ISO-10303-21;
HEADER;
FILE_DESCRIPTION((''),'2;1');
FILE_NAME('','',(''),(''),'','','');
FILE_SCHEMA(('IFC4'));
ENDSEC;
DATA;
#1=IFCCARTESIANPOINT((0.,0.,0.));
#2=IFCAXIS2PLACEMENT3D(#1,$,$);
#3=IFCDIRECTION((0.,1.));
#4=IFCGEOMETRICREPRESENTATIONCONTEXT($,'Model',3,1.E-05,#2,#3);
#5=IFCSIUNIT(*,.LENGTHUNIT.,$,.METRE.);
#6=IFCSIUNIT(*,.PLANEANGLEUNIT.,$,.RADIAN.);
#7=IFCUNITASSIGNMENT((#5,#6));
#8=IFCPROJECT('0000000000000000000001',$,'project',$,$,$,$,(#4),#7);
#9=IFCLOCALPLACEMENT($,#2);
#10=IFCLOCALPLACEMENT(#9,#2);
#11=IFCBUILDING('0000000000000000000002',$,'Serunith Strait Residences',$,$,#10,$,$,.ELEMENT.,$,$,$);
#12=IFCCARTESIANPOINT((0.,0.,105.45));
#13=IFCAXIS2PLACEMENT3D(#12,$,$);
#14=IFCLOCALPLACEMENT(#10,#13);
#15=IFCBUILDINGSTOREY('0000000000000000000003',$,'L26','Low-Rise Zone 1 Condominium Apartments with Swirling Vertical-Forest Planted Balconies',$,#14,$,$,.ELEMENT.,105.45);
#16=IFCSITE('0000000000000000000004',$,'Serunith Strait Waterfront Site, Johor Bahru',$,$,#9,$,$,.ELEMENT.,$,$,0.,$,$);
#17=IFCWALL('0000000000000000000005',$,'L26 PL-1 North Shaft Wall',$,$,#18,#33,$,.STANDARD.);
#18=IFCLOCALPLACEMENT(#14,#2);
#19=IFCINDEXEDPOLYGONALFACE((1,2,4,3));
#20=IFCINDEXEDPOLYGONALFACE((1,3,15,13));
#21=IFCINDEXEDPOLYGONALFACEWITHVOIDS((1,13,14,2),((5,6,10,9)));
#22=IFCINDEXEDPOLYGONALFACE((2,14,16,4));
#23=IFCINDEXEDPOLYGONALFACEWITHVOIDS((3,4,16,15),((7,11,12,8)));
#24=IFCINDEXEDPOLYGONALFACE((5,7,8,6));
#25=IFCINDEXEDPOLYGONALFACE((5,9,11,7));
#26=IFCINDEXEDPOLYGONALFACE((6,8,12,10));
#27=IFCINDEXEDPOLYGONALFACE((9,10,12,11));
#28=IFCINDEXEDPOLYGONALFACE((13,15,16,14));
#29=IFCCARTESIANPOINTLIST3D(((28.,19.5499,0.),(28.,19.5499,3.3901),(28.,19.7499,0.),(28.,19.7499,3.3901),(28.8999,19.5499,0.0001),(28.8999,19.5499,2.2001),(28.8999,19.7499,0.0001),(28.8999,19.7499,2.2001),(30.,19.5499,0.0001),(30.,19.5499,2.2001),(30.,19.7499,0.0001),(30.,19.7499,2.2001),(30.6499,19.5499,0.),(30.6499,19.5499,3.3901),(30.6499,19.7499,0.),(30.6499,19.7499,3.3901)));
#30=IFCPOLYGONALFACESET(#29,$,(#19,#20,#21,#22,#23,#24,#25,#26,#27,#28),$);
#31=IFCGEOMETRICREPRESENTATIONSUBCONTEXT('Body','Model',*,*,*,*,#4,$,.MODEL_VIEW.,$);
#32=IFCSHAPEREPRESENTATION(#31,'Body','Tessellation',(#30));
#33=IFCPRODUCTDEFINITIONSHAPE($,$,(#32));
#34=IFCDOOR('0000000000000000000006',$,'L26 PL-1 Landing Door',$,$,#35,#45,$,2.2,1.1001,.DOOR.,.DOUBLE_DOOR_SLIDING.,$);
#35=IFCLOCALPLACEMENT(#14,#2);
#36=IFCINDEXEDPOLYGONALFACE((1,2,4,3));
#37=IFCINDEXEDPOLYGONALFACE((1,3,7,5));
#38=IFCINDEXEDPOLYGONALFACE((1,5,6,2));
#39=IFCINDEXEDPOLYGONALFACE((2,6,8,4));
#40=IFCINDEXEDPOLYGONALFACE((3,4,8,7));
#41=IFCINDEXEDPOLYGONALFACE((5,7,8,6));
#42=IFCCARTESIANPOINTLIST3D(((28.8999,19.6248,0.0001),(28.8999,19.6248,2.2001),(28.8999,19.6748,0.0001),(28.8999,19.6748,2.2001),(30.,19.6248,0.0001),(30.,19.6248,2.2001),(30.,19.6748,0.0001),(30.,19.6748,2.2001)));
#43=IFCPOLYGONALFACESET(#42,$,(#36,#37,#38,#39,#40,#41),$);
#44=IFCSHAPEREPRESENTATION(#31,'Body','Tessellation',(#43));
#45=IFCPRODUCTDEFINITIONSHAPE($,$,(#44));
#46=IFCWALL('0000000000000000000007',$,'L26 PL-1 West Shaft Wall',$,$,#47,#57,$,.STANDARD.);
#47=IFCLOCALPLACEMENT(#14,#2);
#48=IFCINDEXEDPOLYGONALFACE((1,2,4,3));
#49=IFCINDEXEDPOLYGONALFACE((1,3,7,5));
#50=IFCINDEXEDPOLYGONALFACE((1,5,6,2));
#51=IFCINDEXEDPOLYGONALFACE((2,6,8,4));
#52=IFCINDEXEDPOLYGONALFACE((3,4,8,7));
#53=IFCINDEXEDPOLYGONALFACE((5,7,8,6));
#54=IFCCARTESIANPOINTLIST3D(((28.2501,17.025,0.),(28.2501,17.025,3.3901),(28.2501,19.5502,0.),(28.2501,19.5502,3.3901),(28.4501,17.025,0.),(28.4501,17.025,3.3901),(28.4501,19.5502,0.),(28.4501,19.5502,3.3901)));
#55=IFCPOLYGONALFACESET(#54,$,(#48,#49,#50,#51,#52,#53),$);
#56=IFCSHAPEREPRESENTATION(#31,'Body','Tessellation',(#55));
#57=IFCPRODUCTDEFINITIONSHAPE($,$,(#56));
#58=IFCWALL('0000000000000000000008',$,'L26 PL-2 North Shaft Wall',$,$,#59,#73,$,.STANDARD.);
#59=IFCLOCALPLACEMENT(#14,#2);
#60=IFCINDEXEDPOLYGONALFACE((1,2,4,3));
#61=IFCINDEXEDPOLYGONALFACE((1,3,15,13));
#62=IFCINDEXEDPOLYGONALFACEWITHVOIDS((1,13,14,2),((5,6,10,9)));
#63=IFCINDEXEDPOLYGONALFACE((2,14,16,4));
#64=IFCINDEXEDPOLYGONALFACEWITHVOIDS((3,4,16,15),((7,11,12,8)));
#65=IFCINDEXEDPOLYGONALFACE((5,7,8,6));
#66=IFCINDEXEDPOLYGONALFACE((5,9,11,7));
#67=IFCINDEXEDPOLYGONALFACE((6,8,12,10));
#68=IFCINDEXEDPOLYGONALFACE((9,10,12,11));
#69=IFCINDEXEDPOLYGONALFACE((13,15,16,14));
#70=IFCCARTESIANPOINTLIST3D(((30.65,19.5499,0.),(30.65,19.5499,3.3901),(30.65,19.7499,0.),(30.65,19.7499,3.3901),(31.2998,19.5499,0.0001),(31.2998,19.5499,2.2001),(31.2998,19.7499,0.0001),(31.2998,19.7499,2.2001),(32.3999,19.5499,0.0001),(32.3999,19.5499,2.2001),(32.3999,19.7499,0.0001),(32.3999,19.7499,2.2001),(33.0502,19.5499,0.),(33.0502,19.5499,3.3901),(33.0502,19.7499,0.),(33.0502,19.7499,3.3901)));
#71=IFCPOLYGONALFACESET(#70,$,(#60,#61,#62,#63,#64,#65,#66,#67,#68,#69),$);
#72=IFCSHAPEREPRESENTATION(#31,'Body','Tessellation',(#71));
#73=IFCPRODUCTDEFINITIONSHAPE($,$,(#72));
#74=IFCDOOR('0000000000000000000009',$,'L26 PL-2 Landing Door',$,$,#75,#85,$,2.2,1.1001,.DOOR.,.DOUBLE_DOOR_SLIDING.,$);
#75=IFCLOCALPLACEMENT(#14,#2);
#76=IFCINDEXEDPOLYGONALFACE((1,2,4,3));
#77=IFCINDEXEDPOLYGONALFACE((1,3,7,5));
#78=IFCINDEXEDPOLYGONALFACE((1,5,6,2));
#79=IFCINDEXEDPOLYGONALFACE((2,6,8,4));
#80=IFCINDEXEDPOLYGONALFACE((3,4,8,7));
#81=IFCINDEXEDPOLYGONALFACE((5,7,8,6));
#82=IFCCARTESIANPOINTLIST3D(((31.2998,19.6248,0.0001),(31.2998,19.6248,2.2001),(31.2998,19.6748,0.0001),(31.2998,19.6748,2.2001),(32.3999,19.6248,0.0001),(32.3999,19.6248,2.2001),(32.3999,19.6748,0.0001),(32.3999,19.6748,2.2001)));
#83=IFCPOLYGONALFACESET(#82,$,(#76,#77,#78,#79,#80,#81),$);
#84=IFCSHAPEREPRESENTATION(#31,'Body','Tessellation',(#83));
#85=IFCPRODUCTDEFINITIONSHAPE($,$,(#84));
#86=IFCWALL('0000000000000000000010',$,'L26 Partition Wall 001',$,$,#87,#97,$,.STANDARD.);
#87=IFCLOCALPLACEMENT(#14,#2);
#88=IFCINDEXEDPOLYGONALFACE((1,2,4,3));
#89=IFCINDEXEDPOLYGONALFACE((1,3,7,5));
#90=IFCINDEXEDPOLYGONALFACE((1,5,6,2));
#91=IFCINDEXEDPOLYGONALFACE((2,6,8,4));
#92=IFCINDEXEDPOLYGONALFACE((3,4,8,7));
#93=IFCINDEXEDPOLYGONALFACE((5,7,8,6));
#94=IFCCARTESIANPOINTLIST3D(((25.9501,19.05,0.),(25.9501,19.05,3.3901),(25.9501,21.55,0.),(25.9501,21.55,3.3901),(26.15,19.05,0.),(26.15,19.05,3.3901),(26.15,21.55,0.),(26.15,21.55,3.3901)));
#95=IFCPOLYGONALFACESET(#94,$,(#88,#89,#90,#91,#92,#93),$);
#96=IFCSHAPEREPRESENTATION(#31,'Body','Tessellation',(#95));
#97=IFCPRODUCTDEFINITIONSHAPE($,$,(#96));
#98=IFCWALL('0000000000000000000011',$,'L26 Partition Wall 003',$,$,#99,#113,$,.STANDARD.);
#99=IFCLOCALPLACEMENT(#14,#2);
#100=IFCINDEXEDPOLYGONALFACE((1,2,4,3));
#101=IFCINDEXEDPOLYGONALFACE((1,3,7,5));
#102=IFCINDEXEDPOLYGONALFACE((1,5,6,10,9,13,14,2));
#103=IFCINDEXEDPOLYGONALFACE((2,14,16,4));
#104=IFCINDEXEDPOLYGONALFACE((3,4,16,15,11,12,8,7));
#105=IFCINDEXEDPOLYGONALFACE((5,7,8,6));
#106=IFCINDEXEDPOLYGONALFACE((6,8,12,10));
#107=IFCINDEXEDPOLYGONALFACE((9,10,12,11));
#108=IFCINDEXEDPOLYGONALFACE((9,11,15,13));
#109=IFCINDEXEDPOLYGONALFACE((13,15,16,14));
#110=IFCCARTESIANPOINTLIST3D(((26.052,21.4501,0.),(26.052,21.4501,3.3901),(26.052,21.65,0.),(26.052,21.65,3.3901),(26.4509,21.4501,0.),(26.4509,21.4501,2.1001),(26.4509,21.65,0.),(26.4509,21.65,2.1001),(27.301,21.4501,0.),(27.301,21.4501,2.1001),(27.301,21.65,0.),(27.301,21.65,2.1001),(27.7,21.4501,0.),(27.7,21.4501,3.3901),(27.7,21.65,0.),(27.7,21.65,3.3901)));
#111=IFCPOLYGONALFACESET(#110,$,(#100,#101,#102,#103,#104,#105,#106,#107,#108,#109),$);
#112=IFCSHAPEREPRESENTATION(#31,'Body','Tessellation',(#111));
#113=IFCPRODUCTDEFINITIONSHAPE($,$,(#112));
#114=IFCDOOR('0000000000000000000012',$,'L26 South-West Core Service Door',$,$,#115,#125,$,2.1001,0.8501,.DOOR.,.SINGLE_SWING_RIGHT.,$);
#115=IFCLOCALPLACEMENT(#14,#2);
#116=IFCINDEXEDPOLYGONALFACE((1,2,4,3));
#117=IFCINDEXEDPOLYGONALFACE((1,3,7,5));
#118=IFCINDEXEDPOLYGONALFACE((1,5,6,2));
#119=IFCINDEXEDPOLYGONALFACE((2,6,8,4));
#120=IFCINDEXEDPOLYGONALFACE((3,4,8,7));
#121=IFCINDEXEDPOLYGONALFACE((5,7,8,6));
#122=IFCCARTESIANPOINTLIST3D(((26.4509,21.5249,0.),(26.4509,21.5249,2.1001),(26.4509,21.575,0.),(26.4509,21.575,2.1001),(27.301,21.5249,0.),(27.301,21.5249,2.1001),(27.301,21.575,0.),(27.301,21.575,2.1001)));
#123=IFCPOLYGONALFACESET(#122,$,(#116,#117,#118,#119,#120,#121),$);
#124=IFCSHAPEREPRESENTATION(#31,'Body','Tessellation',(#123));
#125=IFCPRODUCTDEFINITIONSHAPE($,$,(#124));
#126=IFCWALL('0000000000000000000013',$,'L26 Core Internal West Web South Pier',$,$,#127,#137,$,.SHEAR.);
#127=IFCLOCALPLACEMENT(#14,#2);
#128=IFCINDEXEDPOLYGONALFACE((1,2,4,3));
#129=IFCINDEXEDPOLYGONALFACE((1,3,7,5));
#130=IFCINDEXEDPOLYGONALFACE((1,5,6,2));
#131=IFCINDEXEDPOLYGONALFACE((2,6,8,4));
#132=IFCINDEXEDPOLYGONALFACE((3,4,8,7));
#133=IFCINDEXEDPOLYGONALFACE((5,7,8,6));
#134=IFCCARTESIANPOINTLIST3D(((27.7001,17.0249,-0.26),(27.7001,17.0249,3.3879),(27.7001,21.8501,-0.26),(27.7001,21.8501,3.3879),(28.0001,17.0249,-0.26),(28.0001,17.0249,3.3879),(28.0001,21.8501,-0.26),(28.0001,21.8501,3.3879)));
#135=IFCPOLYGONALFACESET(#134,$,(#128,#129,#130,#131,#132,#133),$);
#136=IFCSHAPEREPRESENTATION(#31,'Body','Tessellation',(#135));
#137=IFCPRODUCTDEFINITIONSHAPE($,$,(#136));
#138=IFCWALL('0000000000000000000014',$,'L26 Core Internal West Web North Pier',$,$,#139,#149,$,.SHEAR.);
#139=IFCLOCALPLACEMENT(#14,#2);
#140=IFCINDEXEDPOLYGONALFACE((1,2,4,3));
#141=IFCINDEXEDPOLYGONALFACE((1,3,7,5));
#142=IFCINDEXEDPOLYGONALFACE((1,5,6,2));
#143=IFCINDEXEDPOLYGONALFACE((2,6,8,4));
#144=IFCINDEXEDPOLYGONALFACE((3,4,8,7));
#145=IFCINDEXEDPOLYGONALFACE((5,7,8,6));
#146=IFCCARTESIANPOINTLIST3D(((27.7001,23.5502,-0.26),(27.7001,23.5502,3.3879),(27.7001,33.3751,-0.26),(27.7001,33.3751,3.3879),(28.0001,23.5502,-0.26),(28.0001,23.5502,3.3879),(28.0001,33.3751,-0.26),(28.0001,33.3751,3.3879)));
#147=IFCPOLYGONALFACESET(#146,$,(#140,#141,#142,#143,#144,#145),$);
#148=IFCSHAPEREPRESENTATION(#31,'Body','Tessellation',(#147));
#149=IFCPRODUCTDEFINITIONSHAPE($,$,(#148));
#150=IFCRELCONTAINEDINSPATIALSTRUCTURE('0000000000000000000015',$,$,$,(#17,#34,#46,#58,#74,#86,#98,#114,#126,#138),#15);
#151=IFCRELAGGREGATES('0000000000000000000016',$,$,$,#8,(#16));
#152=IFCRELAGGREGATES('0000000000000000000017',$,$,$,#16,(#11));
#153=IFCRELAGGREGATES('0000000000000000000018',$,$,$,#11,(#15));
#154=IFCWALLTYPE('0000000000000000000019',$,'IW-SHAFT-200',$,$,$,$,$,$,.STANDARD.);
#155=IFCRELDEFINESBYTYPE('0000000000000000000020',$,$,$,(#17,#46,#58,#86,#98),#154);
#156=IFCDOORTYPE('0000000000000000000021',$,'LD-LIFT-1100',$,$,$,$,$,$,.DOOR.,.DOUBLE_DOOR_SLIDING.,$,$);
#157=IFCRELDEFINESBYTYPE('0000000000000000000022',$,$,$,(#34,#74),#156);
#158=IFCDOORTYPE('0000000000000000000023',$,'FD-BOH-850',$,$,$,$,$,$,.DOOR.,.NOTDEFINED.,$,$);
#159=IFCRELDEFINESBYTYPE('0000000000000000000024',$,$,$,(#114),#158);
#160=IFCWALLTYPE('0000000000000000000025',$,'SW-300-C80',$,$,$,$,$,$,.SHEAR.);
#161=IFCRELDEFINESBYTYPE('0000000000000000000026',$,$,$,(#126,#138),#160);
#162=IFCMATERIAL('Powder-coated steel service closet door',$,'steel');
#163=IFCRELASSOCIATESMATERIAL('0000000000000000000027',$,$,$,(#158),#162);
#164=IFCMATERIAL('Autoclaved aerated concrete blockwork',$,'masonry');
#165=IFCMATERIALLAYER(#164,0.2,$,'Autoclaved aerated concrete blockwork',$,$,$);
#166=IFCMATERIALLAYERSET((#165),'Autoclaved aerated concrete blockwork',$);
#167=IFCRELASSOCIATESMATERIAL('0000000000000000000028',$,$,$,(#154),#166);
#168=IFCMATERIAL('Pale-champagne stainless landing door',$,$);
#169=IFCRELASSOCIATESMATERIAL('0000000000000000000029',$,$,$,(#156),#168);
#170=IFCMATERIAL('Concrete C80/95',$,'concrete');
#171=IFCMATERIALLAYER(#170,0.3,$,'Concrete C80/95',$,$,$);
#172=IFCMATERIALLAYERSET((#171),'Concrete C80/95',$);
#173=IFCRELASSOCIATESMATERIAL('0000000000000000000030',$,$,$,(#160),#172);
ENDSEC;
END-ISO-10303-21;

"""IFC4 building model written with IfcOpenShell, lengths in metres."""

from ifc_helpers import new_model, si_unit, direction, frame, frame_2d, origin, place, context, subcontext, project, spatial, rectangle, extrude, source, transform, mapped, material, layer, layer_set, type_object, element, fill, save


model = new_model("IFC4")

# Units and contexts
model_context = context("Model", 3, precision=1e-05, world=origin(), true_north=direction((0.0, 1.0)))
body_context = subcontext(model_context, "Body", "Model", "MODEL_VIEW")
ifc_project = project(units=[si_unit("LENGTHUNIT", "METRE"), si_unit("PLANEANGLEUNIT", "RADIAN")], contexts=[model_context])

# Site, building, storey
site_placement = place(None, origin())
site = spatial("IfcSite", under=ifc_project, at=site_placement, Name="Serunith Strait Waterfront Site, Johor Bahru", CompositionType="ELEMENT", RefElevation=0.0)
building_placement = place(site_placement, origin())
building = spatial("IfcBuilding", under=site, at=building_placement, Name="Serunith Strait Residences", CompositionType="ELEMENT")
storey_placement = place(building_placement, frame((0.0, 0.0, 105.45)))
storey = spatial("IfcBuildingStorey", under=building, at=storey_placement, Name="L26", Description="Low-Rise Zone 1 Condominium Apartments with Swirling Vertical-Forest Planted Balconies", CompositionType="ELEMENT", Elevation=105.45)

# Wall, opening, door
ifc_material_1 = material(Name="Powder-coated steel service closet door", Category="steel")
door_type_1 = type_object("IfcDoorType", Name="FD-BOH-850", OperationType="NOTDEFINED", PredefinedType="DOOR", material=ifc_material_1)
shared_shape_1 = source(origin(), body_context, "Body", "SweptSolid", [
    extrude(rectangle(XDim=0.8501, YDim=2.1001, at=frame_2d((0.425, 1.05))), frame((0.0, 0.0249, 0.0), z_axis=(0.0, -1.0, 0.0), x_axis=(1.0, 0.0, 0.0)), (0.0, 0.0, 1.0), 0.05),
])
ifc_material_2 = material(Name="Autoclaved aerated concrete blockwork", Category="masonry")
ifc_layer_1 = layer(ifc_material_2, 0.2, Name="Autoclaved aerated concrete blockwork")
ifc_layer_set_1 = layer_set([ifc_layer_1], Name="Autoclaved aerated concrete blockwork")
wall_type_1 = type_object("IfcWallType", Name="IW-SHAFT-200", PredefinedType="STANDARD", material=ifc_layer_set_1)
wall_1_placement = place(storey_placement, frame((28.0, 19.6499, 0.0), z_axis=(0.0, 0.0, 1.0), x_axis=(1.0, 0.0, 0.0)))
wall_1 = element("IfcWall", 1, at=wall_1_placement, inside=storey, type_object=wall_type_1, Name="L26 PL-1 North Shaft Wall", PredefinedType="STANDARD", context=body_context, shape_type="SweptSolid", body=[
    extrude(rectangle(XDim=2.6499, YDim=0.2, at=frame_2d((1.325, 0.0))), origin(), (0.0, 0.0, 1.0), 3.3901),
])
opening_1_placement = place(wall_1_placement, frame((0.8999, 0.0, 0.0)))
opening_1 = element("IfcOpeningElement", 2, at=opening_1_placement, cuts=wall_1, PredefinedType="OPENING", context=body_context, shape_type="SweptSolid", body=[
    extrude(rectangle(XDim=1.1001, YDim=2.2, at=frame_2d((0.55, 1.1001))), frame((0.0, 0.1099, 0.0), z_axis=(0.0, -1.0, 0.0), x_axis=(1.0, 0.0, 0.0)), (0.0, 0.0, 1.0), 0.22),
])
ifc_material_3 = material(Name="Pale-champagne stainless landing door")
door_type_2 = type_object("IfcDoorType", Name="LD-LIFT-1100", OperationType="DOUBLE_DOOR_SLIDING", PredefinedType="DOOR", material=ifc_material_3)
shared_shape_2 = source(origin(), body_context, "Body", "SweptSolid", [
    extrude(rectangle(XDim=1.1001, YDim=2.2, at=frame_2d((0.55, 1.1001))), frame((0.0, 0.0249, 0.0), z_axis=(0.0, -1.0, 0.0), x_axis=(1.0, 0.0, 0.0)), (0.0, 0.0, 1.0), 0.05),
])
door_1_placement = place(opening_1_placement, origin())
door_1 = element("IfcDoor", 3, at=door_1_placement, inside=storey, type_object=door_type_2, Name="L26 PL-1 Landing Door", OperationType="DOUBLE_DOOR_SLIDING", OverallHeight=2.2, OverallWidth=1.1001, PredefinedType="DOOR", context=body_context, shape_type="MappedRepresentation", body=[
    mapped(shared_shape_2, transform((0.0, 0.0, 0.0), scale=1.0)),
])
fill(opening_1, door_1)

# Wall
wall_2_placement = place(storey_placement, frame((28.3501, 17.0249, 0.0), z_axis=(0.0, 0.0, 1.0), x_axis=(0.0, 1.0, 0.0)))
element("IfcWall", 4, at=wall_2_placement, inside=storey, type_object=wall_type_1, Name="L26 PL-1 West Shaft Wall", PredefinedType="STANDARD", context=body_context, shape_type="SweptSolid", body=[
    extrude(rectangle(XDim=2.5251, YDim=0.2, at=frame_2d((1.2627, 0.0))), origin(), (0.0, 0.0, 1.0), 3.3901),
])

# Wall, opening, door
wall_3_placement = place(storey_placement, frame((30.6499, 19.6499, 0.0), z_axis=(0.0, 0.0, 1.0), x_axis=(1.0, 0.0, 0.0)))
wall_3 = element("IfcWall", 5, at=wall_3_placement, inside=storey, type_object=wall_type_1, Name="L26 PL-2 North Shaft Wall", PredefinedType="STANDARD", context=body_context, shape_type="SweptSolid", body=[
    extrude(rectangle(XDim=2.4001, YDim=0.2, at=frame_2d((1.2002, 0.0))), origin(), (0.0, 0.0, 1.0), 3.3901),
])
opening_2_placement = place(wall_3_placement, frame((0.6499, 0.0, 0.0)))
opening_2 = element("IfcOpeningElement", 6, at=opening_2_placement, cuts=wall_3, PredefinedType="OPENING", context=body_context, shape_type="SweptSolid", body=[
    extrude(rectangle(XDim=1.1001, YDim=2.2, at=frame_2d((0.55, 1.1001))), frame((0.0, 0.1099, 0.0), z_axis=(0.0, -1.0, 0.0), x_axis=(1.0, 0.0, 0.0)), (0.0, 0.0, 1.0), 0.22),
])
door_2_placement = place(opening_2_placement, origin())
door_2 = element("IfcDoor", 7, at=door_2_placement, inside=storey, type_object=door_type_2, Name="L26 PL-2 Landing Door", OperationType="DOUBLE_DOOR_SLIDING", OverallHeight=2.2, OverallWidth=1.1001, PredefinedType="DOOR", context=body_context, shape_type="MappedRepresentation", body=[
    mapped(shared_shape_2, transform((0.0, 0.0, 0.0), scale=1.0)),
])
fill(opening_2, door_2)

# Wall
wall_4_placement = place(storey_placement, frame((26.05, 19.05, 0.0), z_axis=(0.0, 0.0, 1.0), x_axis=(0.0, 1.0, 0.0)))
element("IfcWall", 8, at=wall_4_placement, inside=storey, type_object=wall_type_1, Name="L26 Partition Wall 001", PredefinedType="STANDARD", context=body_context, shape_type="SweptSolid", body=[
    extrude(rectangle(XDim=2.5, YDim=0.2, at=frame_2d((1.25, 0.0))), origin(), (0.0, 0.0, 1.0), 3.3901),
])

# Wall, opening, door
wall_5_placement = place(storey_placement, frame((26.052, 21.55, 0.0), z_axis=(0.0, 0.0, 1.0), x_axis=(1.0, 0.0, 0.0)))
wall_5 = element("IfcWall", 9, at=wall_5_placement, inside=storey, type_object=wall_type_1, Name="L26 Partition Wall 003", PredefinedType="STANDARD", context=body_context, shape_type="SweptSolid", body=[
    extrude(rectangle(XDim=1.6479, YDim=0.2, at=frame_2d((0.824, 0.0))), origin(), (0.0, 0.0, 1.0), 3.3901),
])
opening_3_placement = place(wall_5_placement, frame((0.3989, 0.0, 0.0)))
opening_3 = element("IfcOpeningElement", 10, at=opening_3_placement, cuts=wall_5, PredefinedType="OPENING", context=body_context, shape_type="SweptSolid", body=[
    extrude(rectangle(XDim=0.8501, YDim=2.1001, at=frame_2d((0.425, 1.05))), frame((0.0, 0.1099, 0.0), z_axis=(0.0, -1.0, 0.0), x_axis=(1.0, 0.0, 0.0)), (0.0, 0.0, 1.0), 0.22),
])
door_3_placement = place(opening_3_placement, origin())
door_3 = element("IfcDoor", 11, at=door_3_placement, inside=storey, type_object=door_type_1, Name="L26 South-West Core Service Door", OperationType="SINGLE_SWING_RIGHT", OverallHeight=2.1001, OverallWidth=0.8501, PredefinedType="DOOR", context=body_context, shape_type="MappedRepresentation", body=[
    mapped(shared_shape_1, transform((0.0, 0.0, 0.0), scale=1.0)),
])
fill(opening_3, door_3)

# Walls
ifc_material_4 = material(Name="Concrete C80/95", Category="concrete")
ifc_layer_2 = layer(ifc_material_4, 0.3, Name="Concrete C80/95")
ifc_layer_set_2 = layer_set([ifc_layer_2], Name="Concrete C80/95")
wall_type_2 = type_object("IfcWallType", Name="SW-300-C80", PredefinedType="SHEAR", material=ifc_layer_set_2)
wall_6_placement = place(storey_placement, frame((27.8501, 17.0249, -0.26), z_axis=(0.0, 0.0, 1.0), x_axis=(0.0, 1.0, 0.0)))
element("IfcWall", 12, at=wall_6_placement, inside=storey, type_object=wall_type_2, Name="L26 Core Internal West Web South Pier", PredefinedType="SHEAR", context=body_context, shape_type="SweptSolid", body=[
    extrude(rectangle(XDim=4.8252, YDim=0.3, at=frame_2d((2.4126, 0.0))), origin(), (0.0, 0.0, 1.0), 3.6479),
])
wall_7_placement = place(storey_placement, frame((27.8501, 23.55, -0.26), z_axis=(0.0, 0.0, 1.0), x_axis=(0.0, 1.0, 0.0)))
element("IfcWall", 13, at=wall_7_placement, inside=storey, type_object=wall_type_2, Name="L26 Core Internal West Web North Pier", PredefinedType="SHEAR", context=body_context, shape_type="SweptSolid", body=[
    extrude(rectangle(XDim=9.825, YDim=0.3, at=frame_2d((4.9126, 0.0))), origin(), (0.0, 0.0, 1.0), 3.6479),
])

save(model, "model.ifc")
